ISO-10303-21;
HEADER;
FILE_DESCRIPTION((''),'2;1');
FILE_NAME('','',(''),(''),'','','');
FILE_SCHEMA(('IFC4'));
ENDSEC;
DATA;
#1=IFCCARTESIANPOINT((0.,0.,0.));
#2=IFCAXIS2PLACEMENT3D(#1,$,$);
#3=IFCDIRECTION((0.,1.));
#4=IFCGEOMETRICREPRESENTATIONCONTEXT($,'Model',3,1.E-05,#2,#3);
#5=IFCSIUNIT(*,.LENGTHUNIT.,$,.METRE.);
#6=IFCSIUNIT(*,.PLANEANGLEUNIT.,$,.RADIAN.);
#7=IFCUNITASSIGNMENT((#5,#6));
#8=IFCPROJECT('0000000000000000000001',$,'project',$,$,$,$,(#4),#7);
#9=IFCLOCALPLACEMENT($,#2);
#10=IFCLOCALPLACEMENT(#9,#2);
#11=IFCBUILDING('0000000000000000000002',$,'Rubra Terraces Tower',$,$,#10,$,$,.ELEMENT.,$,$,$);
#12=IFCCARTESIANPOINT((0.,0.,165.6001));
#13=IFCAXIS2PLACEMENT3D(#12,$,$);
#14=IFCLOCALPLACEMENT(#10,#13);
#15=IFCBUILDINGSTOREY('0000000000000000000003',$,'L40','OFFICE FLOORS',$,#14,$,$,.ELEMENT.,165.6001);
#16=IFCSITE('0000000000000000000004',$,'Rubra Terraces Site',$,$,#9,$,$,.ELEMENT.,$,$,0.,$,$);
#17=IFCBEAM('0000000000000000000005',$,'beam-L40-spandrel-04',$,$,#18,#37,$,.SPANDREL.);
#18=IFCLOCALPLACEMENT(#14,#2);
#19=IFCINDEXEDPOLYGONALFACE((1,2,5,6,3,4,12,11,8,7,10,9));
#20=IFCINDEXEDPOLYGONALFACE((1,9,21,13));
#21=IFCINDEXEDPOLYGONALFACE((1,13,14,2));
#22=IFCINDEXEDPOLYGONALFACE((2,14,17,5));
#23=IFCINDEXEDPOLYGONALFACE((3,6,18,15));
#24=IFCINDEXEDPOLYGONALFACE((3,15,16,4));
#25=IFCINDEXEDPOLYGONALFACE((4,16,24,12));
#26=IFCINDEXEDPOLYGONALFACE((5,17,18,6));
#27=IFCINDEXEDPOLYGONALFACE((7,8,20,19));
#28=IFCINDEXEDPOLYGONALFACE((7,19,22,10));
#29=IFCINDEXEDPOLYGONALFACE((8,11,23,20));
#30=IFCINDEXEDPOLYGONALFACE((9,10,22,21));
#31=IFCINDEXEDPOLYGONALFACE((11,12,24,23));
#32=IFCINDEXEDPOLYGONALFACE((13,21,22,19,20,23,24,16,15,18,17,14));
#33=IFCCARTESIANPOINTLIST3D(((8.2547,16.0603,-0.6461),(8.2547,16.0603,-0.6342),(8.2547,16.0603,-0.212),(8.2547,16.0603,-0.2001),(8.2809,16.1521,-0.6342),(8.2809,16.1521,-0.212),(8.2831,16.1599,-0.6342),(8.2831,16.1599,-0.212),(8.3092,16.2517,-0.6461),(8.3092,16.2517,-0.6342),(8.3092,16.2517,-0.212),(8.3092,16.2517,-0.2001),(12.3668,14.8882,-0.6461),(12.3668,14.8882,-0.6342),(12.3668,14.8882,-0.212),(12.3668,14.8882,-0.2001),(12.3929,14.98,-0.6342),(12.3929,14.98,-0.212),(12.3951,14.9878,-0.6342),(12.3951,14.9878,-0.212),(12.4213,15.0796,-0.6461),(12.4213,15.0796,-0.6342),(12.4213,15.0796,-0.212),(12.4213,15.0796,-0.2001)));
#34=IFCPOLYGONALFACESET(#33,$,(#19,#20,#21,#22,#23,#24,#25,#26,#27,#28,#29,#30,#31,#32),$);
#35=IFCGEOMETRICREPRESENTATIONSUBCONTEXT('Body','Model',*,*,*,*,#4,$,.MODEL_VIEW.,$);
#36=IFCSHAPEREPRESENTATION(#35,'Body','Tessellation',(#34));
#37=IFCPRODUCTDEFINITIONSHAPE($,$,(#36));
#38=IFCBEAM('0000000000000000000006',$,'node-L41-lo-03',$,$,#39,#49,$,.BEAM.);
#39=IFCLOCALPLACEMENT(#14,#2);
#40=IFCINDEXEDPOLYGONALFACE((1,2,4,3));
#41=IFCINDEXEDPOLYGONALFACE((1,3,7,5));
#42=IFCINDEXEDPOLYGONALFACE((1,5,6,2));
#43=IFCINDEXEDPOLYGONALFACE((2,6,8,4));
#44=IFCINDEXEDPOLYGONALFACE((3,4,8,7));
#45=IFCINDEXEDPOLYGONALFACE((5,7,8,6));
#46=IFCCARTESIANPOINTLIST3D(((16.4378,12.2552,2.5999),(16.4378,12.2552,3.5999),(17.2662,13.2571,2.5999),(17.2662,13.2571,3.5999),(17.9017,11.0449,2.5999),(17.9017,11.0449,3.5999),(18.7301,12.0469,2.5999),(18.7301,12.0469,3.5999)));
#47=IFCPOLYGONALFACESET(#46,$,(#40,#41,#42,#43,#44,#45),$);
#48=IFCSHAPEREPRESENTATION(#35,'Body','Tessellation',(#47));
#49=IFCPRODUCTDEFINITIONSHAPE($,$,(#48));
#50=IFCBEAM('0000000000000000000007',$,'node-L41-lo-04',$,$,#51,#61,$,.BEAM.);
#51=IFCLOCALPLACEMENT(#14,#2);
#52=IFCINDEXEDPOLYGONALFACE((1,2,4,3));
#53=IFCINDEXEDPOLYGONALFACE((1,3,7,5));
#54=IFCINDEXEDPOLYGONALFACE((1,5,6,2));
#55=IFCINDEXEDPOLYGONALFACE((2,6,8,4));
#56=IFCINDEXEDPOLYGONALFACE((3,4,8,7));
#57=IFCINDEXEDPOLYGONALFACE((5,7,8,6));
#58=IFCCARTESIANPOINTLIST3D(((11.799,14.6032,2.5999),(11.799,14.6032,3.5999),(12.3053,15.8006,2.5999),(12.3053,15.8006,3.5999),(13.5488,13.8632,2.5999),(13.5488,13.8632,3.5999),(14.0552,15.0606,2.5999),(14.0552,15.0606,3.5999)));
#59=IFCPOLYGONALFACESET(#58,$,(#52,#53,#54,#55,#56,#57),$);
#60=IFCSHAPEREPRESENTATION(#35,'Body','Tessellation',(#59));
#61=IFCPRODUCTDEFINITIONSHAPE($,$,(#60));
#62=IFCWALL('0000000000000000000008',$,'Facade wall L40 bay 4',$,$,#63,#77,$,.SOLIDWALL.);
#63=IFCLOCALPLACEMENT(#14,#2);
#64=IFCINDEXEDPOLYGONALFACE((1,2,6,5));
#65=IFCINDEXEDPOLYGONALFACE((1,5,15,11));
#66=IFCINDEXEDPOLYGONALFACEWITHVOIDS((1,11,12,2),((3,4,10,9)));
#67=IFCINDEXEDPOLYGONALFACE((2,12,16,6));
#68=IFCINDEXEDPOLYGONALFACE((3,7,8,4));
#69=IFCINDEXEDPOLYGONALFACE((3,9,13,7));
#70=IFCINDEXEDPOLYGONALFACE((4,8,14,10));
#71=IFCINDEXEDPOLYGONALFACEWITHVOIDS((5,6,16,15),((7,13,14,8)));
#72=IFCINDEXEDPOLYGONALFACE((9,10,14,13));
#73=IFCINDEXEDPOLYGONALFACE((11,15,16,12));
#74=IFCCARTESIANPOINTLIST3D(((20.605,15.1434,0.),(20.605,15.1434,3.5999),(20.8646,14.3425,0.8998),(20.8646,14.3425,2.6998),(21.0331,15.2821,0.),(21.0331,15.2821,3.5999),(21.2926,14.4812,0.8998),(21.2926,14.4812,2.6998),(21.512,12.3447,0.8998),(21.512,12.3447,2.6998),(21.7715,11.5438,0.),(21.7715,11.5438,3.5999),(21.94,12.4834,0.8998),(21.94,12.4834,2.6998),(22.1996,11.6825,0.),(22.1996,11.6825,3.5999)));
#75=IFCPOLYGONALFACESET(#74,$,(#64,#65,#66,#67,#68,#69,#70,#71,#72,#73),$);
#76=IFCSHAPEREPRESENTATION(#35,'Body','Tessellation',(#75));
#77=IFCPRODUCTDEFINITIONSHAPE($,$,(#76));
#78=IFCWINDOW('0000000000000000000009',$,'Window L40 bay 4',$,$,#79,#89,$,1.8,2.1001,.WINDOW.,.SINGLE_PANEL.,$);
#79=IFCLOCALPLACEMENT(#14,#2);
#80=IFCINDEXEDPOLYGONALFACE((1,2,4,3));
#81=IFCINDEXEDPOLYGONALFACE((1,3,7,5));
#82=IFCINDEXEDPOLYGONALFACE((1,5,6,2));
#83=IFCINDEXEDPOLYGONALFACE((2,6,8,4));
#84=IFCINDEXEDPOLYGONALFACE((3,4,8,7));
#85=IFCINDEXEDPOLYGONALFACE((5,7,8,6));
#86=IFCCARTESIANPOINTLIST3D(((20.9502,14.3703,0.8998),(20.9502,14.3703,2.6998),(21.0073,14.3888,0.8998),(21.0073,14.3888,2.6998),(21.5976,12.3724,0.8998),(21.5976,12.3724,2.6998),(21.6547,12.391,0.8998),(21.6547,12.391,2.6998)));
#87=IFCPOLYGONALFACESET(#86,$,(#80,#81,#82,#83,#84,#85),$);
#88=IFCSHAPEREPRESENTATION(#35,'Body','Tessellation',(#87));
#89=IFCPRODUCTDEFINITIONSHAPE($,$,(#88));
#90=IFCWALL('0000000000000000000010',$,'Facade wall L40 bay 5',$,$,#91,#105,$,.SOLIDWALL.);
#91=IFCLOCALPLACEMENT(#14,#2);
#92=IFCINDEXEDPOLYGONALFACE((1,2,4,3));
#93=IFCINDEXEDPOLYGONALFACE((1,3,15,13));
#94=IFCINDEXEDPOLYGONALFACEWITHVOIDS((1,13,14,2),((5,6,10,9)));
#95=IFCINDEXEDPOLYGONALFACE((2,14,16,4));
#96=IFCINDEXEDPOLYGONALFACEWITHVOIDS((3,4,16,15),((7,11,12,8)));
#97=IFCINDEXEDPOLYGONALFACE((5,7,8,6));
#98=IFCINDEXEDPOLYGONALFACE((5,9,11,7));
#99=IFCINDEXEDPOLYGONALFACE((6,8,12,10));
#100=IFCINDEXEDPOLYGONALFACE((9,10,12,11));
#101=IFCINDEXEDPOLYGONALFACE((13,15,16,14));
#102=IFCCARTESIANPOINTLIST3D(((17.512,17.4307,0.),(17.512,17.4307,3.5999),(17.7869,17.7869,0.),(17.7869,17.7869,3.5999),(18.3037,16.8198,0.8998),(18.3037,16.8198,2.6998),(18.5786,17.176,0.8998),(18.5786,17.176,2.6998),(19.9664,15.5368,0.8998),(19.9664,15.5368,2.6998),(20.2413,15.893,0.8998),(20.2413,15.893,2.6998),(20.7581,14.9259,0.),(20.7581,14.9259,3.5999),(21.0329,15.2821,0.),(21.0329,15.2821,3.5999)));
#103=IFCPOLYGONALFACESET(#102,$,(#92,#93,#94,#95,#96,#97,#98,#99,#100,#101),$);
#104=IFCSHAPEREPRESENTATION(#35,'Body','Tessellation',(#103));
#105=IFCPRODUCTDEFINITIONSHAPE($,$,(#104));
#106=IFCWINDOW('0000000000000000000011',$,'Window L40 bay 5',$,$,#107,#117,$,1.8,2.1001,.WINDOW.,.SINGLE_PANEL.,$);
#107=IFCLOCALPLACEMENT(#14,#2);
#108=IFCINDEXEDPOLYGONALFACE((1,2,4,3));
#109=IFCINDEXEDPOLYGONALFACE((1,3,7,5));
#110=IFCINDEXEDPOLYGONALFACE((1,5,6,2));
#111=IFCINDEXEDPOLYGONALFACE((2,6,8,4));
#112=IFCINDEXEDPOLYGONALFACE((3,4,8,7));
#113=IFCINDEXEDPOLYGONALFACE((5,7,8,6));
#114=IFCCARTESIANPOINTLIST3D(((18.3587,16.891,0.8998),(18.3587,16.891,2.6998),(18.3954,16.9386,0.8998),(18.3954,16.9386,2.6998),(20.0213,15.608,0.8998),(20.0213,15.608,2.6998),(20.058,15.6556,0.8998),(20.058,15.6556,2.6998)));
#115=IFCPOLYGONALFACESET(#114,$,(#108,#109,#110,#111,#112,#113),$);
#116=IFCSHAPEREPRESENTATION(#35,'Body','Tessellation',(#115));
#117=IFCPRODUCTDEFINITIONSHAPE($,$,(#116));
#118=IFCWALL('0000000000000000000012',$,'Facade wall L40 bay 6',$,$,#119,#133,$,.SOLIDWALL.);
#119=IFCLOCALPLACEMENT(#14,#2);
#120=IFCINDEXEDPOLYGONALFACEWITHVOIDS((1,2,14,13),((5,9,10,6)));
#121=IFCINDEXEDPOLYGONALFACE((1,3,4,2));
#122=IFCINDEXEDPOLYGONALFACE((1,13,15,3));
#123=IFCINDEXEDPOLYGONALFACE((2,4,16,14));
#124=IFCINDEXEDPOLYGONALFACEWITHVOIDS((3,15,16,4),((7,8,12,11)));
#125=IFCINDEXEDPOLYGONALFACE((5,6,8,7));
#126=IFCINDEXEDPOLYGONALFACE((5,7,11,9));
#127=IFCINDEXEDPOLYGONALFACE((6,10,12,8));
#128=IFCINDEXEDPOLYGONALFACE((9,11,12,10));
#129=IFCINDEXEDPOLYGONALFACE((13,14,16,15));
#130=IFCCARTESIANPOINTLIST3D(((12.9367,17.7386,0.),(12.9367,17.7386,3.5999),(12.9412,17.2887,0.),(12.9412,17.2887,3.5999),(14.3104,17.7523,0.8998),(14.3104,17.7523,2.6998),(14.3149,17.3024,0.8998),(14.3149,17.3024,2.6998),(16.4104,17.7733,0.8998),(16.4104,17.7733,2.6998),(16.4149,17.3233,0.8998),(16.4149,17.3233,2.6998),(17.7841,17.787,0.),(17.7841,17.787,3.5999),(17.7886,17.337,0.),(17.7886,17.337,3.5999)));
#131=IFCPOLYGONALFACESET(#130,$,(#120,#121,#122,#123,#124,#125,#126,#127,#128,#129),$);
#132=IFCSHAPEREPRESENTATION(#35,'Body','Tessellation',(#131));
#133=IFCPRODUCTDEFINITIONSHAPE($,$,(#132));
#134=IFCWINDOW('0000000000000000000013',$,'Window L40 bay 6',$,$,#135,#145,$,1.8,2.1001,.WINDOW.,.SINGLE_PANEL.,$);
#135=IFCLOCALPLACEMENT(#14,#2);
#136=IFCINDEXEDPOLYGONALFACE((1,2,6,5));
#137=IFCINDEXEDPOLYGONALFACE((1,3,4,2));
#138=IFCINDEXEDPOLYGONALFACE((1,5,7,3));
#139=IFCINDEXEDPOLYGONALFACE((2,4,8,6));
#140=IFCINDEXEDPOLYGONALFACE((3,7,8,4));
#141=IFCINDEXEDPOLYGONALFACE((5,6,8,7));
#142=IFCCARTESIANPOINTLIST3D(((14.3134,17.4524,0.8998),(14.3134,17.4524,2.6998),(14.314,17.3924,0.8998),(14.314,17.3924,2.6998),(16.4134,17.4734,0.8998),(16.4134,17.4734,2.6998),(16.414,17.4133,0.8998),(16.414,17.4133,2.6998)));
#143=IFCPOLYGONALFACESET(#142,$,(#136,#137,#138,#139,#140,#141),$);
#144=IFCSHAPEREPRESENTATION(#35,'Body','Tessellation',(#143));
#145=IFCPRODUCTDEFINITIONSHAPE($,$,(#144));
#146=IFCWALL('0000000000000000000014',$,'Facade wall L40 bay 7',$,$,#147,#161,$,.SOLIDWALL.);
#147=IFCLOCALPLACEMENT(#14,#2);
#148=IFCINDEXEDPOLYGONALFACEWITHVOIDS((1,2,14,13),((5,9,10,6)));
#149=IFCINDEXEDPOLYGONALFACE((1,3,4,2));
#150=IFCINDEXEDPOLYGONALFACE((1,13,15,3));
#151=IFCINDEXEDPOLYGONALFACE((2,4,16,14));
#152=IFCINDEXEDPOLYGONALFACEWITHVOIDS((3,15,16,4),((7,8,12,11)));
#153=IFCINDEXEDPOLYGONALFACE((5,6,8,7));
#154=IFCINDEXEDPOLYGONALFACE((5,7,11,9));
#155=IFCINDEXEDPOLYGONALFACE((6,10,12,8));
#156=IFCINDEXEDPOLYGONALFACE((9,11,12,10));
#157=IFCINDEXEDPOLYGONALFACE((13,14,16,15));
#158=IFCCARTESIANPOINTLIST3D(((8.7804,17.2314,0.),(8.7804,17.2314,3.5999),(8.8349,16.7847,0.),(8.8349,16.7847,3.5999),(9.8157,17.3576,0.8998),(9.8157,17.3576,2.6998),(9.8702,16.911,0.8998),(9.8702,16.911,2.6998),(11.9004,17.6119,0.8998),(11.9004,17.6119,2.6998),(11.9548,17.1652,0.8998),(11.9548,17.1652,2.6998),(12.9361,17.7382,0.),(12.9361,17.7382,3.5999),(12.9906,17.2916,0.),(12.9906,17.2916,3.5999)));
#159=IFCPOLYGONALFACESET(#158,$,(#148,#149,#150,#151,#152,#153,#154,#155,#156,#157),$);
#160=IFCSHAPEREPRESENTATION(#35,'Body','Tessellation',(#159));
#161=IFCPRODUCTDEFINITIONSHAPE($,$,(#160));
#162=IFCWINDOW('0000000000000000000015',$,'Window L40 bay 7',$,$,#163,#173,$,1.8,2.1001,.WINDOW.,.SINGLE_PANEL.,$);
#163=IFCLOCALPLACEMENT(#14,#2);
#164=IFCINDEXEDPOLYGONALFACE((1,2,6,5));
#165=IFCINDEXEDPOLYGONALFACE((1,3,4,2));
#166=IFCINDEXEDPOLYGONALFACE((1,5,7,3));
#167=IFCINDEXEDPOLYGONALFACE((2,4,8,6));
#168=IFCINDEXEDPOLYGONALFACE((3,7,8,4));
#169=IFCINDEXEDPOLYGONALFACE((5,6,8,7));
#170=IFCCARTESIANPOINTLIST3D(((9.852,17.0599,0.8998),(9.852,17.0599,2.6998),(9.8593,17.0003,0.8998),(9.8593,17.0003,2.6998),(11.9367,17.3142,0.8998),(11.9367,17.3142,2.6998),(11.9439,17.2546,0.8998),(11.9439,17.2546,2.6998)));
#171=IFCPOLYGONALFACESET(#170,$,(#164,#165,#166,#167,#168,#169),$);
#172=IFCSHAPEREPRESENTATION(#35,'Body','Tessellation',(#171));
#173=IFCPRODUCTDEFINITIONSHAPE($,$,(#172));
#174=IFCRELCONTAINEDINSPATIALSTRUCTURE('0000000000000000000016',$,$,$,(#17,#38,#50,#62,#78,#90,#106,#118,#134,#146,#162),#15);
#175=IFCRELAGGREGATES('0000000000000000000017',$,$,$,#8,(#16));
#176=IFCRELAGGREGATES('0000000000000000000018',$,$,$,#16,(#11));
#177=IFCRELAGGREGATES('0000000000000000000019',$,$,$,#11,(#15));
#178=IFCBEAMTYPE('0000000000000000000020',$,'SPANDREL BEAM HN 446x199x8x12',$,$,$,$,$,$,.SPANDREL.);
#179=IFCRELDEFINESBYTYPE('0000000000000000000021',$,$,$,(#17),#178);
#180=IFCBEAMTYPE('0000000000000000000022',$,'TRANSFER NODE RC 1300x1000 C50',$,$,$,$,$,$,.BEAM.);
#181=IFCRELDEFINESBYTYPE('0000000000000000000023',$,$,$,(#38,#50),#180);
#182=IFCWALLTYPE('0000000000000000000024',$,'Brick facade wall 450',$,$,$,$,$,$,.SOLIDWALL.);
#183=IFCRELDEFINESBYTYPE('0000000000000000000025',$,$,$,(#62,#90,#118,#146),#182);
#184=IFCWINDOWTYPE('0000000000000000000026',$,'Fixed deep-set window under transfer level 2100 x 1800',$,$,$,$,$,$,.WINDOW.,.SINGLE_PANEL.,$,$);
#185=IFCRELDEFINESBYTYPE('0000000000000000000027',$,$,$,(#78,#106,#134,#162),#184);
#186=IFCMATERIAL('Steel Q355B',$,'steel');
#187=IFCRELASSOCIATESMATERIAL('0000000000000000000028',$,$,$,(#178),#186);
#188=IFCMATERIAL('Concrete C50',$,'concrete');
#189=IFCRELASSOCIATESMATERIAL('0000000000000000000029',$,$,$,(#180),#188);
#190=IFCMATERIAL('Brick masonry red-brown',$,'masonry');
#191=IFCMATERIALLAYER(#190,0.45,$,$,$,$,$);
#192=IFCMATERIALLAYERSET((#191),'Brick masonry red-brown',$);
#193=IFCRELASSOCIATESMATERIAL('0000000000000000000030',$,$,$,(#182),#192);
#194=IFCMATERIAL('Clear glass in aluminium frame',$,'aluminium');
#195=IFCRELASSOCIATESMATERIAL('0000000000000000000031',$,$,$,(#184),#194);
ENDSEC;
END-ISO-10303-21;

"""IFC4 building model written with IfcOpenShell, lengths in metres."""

from ifc_helpers import new_model, si_unit, direction, frame, frame_2d, origin, origin_2d, place, context, subcontext, project, spatial, rectangle, i_section, extrude, material, layer, layer_set, material_profile, profile_set, type_object, element, fill, save


model = new_model("IFC4")

# Units and contexts
model_context = context("Model", 3, precision=1e-05, world=origin(), true_north=direction((0.0, 1.0)))
body_context = subcontext(model_context, "Body", "Model", "MODEL_VIEW")
ifc_project = project(units=[si_unit("LENGTHUNIT", "METRE"), si_unit("PLANEANGLEUNIT", "RADIAN")], contexts=[model_context])

# Site, building, storey
site_placement = place(None, origin())
site = spatial("IfcSite", under=ifc_project, at=site_placement, Name="Rubra Terraces Site", CompositionType="ELEMENT", RefElevation=0.0)
building_placement = place(site_placement, origin())
building = spatial("IfcBuilding", under=site, at=building_placement, Name="Rubra Terraces Tower", CompositionType="ELEMENT")
storey_placement = place(building_placement, frame((0.0, 0.0, 165.6001)))
storey = spatial("IfcBuildingStorey", under=building, at=storey_placement, Name="L40", Description="OFFICE FLOORS", CompositionType="ELEMENT", Elevation=165.6001)

# Shared definitions
ifc_material_1 = material(Name="Concrete C50", Category="concrete")

# Beams
ifc_material_2 = material(Name="Steel Q355B", Category="steel")
ifc_material_profile_1 = material_profile(ifc_material_2, i_section(OverallWidth=0.199, OverallDepth=0.446, WebThickness=0.0081, FlangeThickness=0.012, at=origin_2d()), Name="HN 446x199x8x12")
ifc_profile_set_1 = profile_set([ifc_material_profile_1], Name="Steel Q355B")
beam_type_1 = type_object("IfcBeamType", Name="SPANDREL BEAM HN 446x199x8x12", PredefinedType="SPANDREL", material=ifc_profile_set_1)
beam_1_placement = place(storey_placement, frame((12.394, 14.9839, -0.4231), z_axis=(-0.961694, 0.274125, 0.0), x_axis=(-0.274125, -0.961694, 0.0)))
element("IfcBeam", 1, at=beam_1_placement, inside=storey, type_object=beam_type_1, Name="beam-L40-spandrel-04", PredefinedType="SPANDREL", context=body_context, shape_type="SweptSolid", body=[
    extrude(i_section(OverallWidth=0.199, OverallDepth=0.446, WebThickness=0.0081, FlangeThickness=0.012, at=origin_2d()), origin(), (0.0, 0.0, 1.0), 4.2759),
])
ifc_material_profile_2 = material_profile(ifc_material_1, rectangle(XDim=1.3, YDim=1.0, at=origin_2d()), Name="RC 1300x1000")
ifc_profile_set_2 = profile_set([ifc_material_profile_2], Name="Concrete C50")
beam_type_2 = type_object("IfcBeamType", Name="TRANSFER NODE RC 1300x1000 C50", PredefinedType="BEAM", material=ifc_profile_set_2)
beam_2_placement = place(storey_placement, frame((18.3159, 11.5459, 3.0999), z_axis=(-0.770723, 0.63717, 0.0), x_axis=(-0.63717, -0.770723, 0.0)))
element("IfcBeam", 2, at=beam_2_placement, inside=storey, type_object=beam_type_2, Name="node-L41-lo-03", PredefinedType="BEAM", context=body_context, shape_type="SweptSolid", body=[
    extrude(rectangle(XDim=1.3, YDim=1.0, at=origin_2d()), origin(), (0.0, 0.0, 1.0), 1.8994),
])
beam_3_placement = place(storey_placement, frame((13.802, 14.4619, 3.0999), z_axis=(-0.921042, 0.389464, 0.0), x_axis=(-0.389464, -0.921042, 0.0)))
element("IfcBeam", 3, at=beam_3_placement, inside=storey, type_object=beam_type_2, Name="node-L41-lo-04", PredefinedType="BEAM", context=body_context, shape_type="SweptSolid", body=[
    extrude(rectangle(XDim=1.3, YDim=1.0, at=origin_2d()), origin(), (0.0, 0.0, 1.0), 1.8999),
])

# Walls, openings, windows
ifc_material_3 = material(Name="Brick masonry red-brown", Category="masonry")
ifc_layer_1 = layer(ifc_material_3, 0.45)
ifc_layer_set_1 = layer_set([ifc_layer_1], Name="Brick masonry red-brown")
wall_type_1 = type_object("IfcWallType", Name="Brick facade wall 450", PredefinedType="SOLIDWALL", material=ifc_layer_set_1)
wall_1_placement = place(storey_placement, frame((21.9856, 11.613, 0.0), z_axis=(0.0, 0.0, 1.0), x_axis=(-0.308281, 0.951295, 0.0)))
wall_1 = element("IfcWall", 4, at=wall_1_placement, inside=storey, type_object=wall_type_1, Name="Facade wall L40 bay 4", PredefinedType="SOLIDWALL", context=body_context, shape_type="SweptSolid", body=[
    extrude(rectangle(XDim=3.7839, YDim=0.45, at=frame_2d((1.8921, 0.0))), origin(), (0.0, 0.0, 1.0), 3.5999),
])
opening_1_placement = place(wall_1_placement, frame((0.842, 0.0, 0.8999)))
opening_1 = element("IfcOpeningElement", 5, at=opening_1_placement, cuts=wall_1, PredefinedType="OPENING", context=body_context, shape_type="SweptSolid", body=[
    extrude(rectangle(XDim=2.1001, YDim=1.8, at=frame_2d((1.05, 0.8999))), frame((0.0, 0.2349, 0.0), z_axis=(0.0, -1.0, 0.0), x_axis=(1.0, 0.0, 0.0)), (0.0, 0.0, 1.0), 0.47),
])
ifc_material_4 = material(Name="Clear glass in aluminium frame", Category="aluminium")
window_type = type_object("IfcWindowType", Name="Fixed deep-set window under transfer level 2100 x 1800", PartitioningType="SINGLE_PANEL", PredefinedType="WINDOW", material=ifc_material_4)
window_1_placement = place(opening_1_placement, origin())
window_1 = element("IfcWindow", 6, at=window_1_placement, inside=storey, type_object=window_type, Name="Window L40 bay 4", OverallHeight=1.8, OverallWidth=2.1001, PartitioningType="SINGLE_PANEL", PredefinedType="WINDOW", context=body_context, shape_type="SweptSolid", body=[
    extrude(rectangle(XDim=2.1001, YDim=1.8, at=frame_2d((1.05, 0.8999))), frame((0.0, 0.135, 0.0), z_axis=(0.0, -1.0, 0.0), x_axis=(1.0, 0.0, 0.0)), (0.0, 0.0, 1.0), 0.0601),
])
fill(opening_1, window_1)
wall_2_placement = place(storey_placement, frame((20.8955, 15.104, 0.0), z_axis=(0.0, 0.0, 1.0), x_axis=(-0.791693, 0.610919, 0.0)))
wall_2 = element("IfcWall", 7, at=wall_2_placement, inside=storey, type_object=wall_type_1, Name="Facade wall L40 bay 5", PredefinedType="SOLIDWALL", context=body_context, shape_type="SweptSolid", body=[
    extrude(rectangle(XDim=4.1001, YDim=0.45, at=frame_2d((2.05, 0.0))), origin(), (0.0, 0.0, 1.0), 3.5999),
])
opening_2_placement = place(wall_2_placement, frame((1.0, 0.0, 0.8999)))
opening_2 = element("IfcOpeningElement", 8, at=opening_2_placement, cuts=wall_2, PredefinedType="OPENING", context=body_context, shape_type="SweptSolid", body=[
    extrude(rectangle(XDim=2.1001, YDim=1.8, at=frame_2d((1.05, 0.8999))), frame((0.0, 0.2349, 0.0), z_axis=(0.0, -1.0, 0.0), x_axis=(1.0, 0.0, 0.0)), (0.0, 0.0, 1.0), 0.47),
])
window_2_placement = place(opening_2_placement, origin())
window_2 = element("IfcWindow", 9, at=window_2_placement, inside=storey, type_object=window_type, Name="Window L40 bay 5", OverallHeight=1.8, OverallWidth=2.1001, PartitioningType="SINGLE_PANEL", PredefinedType="WINDOW", context=body_context, shape_type="SweptSolid", body=[
    extrude(rectangle(XDim=2.1001, YDim=1.8, at=frame_2d((1.05, 0.8999))), frame((0.0, 0.135, 0.0), z_axis=(0.0, -1.0, 0.0), x_axis=(1.0, 0.0, 0.0)), (0.0, 0.0, 1.0), 0.0601),
])
fill(opening_2, window_2)
wall_3_placement = place(storey_placement, frame((17.7864, 17.562, 0.0), z_axis=(0.0, 0.0, 1.0), x_axis=(-0.99995, -0.009972, 0.0)))
wall_3 = element("IfcWall", 10, at=wall_3_placement, inside=storey, type_object=wall_type_1, Name="Facade wall L40 bay 6", PredefinedType="SOLIDWALL", context=body_context, shape_type="SweptSolid", body=[
    extrude(rectangle(XDim=4.8477, YDim=0.45, at=frame_2d((2.4238, 0.0))), origin(), (0.0, 0.0, 1.0), 3.5999),
])
opening_3_placement = place(wall_3_placement, frame((1.3738, 0.0, 0.8999)))
opening_3 = element("IfcOpeningElement", 11, at=opening_3_placement, cuts=wall_3, PredefinedType="OPENING", context=body_context, shape_type="SweptSolid", body=[
    extrude(rectangle(XDim=2.1001, YDim=1.8, at=frame_2d((1.05, 0.8999))), frame((0.0, 0.2349, 0.0), z_axis=(0.0, -1.0, 0.0), x_axis=(1.0, 0.0, 0.0)), (0.0, 0.0, 1.0), 0.47),
])
window_3_placement = place(opening_3_placement, origin())
window_3 = element("IfcWindow", 12, at=window_3_placement, inside=storey, type_object=window_type, Name="Window L40 bay 6", OverallHeight=1.8, OverallWidth=2.1001, PartitioningType="SINGLE_PANEL", PredefinedType="WINDOW", context=body_context, shape_type="SweptSolid", body=[
    extrude(rectangle(XDim=2.1001, YDim=1.8, at=frame_2d((1.05, 0.8999))), frame((0.0, 0.135, 0.0), z_axis=(0.0, -1.0, 0.0), x_axis=(1.0, 0.0, 0.0)), (0.0, 0.0, 1.0), 0.0601),
])
fill(opening_3, window_3)
wall_4_placement = place(storey_placement, frame((12.9634, 17.5149, 0.0), z_axis=(0.0, 0.0, 1.0), x_axis=(-0.992645, -0.121063, 0.0)))
wall_4 = element("IfcWall", 13, at=wall_4_placement, inside=storey, type_object=wall_type_1, Name="Facade wall L40 bay 7", PredefinedType="SOLIDWALL", context=body_context, shape_type="SweptSolid", body=[
    extrude(rectangle(XDim=4.1865, YDim=0.45, at=frame_2d((2.0933, 0.0))), origin(), (0.0, 0.0, 1.0), 3.5999),
])
opening_4_placement = place(wall_4_placement, frame((1.0435, 0.0, 0.8999)))
opening_4 = element("IfcOpeningElement", 14, at=opening_4_placement, cuts=wall_4, PredefinedType="OPENING", context=body_context, shape_type="SweptSolid", body=[
    extrude(rectangle(XDim=2.1001, YDim=1.8, at=frame_2d((1.05, 0.8999))), frame((0.0, 0.2349, 0.0), z_axis=(0.0, -1.0, 0.0), x_axis=(1.0, 0.0, 0.0)), (0.0, 0.0, 1.0), 0.47),
])
window_4_placement = place(opening_4_placement, origin())
window_4 = element("IfcWindow", 15, at=window_4_placement, inside=storey, type_object=window_type, Name="Window L40 bay 7", OverallHeight=1.8, OverallWidth=2.1001, PartitioningType="SINGLE_PANEL", PredefinedType="WINDOW", context=body_context, shape_type="SweptSolid", body=[
    extrude(rectangle(XDim=2.1001, YDim=1.8, at=frame_2d((1.05, 0.8999))), frame((0.0, 0.135, 0.0), z_axis=(0.0, -1.0, 0.0), x_axis=(1.0, 0.0, 0.0)), (0.0, 0.0, 1.0), 0.0601),
])
fill(opening_4, window_4)

save(model, "model.ifc")
